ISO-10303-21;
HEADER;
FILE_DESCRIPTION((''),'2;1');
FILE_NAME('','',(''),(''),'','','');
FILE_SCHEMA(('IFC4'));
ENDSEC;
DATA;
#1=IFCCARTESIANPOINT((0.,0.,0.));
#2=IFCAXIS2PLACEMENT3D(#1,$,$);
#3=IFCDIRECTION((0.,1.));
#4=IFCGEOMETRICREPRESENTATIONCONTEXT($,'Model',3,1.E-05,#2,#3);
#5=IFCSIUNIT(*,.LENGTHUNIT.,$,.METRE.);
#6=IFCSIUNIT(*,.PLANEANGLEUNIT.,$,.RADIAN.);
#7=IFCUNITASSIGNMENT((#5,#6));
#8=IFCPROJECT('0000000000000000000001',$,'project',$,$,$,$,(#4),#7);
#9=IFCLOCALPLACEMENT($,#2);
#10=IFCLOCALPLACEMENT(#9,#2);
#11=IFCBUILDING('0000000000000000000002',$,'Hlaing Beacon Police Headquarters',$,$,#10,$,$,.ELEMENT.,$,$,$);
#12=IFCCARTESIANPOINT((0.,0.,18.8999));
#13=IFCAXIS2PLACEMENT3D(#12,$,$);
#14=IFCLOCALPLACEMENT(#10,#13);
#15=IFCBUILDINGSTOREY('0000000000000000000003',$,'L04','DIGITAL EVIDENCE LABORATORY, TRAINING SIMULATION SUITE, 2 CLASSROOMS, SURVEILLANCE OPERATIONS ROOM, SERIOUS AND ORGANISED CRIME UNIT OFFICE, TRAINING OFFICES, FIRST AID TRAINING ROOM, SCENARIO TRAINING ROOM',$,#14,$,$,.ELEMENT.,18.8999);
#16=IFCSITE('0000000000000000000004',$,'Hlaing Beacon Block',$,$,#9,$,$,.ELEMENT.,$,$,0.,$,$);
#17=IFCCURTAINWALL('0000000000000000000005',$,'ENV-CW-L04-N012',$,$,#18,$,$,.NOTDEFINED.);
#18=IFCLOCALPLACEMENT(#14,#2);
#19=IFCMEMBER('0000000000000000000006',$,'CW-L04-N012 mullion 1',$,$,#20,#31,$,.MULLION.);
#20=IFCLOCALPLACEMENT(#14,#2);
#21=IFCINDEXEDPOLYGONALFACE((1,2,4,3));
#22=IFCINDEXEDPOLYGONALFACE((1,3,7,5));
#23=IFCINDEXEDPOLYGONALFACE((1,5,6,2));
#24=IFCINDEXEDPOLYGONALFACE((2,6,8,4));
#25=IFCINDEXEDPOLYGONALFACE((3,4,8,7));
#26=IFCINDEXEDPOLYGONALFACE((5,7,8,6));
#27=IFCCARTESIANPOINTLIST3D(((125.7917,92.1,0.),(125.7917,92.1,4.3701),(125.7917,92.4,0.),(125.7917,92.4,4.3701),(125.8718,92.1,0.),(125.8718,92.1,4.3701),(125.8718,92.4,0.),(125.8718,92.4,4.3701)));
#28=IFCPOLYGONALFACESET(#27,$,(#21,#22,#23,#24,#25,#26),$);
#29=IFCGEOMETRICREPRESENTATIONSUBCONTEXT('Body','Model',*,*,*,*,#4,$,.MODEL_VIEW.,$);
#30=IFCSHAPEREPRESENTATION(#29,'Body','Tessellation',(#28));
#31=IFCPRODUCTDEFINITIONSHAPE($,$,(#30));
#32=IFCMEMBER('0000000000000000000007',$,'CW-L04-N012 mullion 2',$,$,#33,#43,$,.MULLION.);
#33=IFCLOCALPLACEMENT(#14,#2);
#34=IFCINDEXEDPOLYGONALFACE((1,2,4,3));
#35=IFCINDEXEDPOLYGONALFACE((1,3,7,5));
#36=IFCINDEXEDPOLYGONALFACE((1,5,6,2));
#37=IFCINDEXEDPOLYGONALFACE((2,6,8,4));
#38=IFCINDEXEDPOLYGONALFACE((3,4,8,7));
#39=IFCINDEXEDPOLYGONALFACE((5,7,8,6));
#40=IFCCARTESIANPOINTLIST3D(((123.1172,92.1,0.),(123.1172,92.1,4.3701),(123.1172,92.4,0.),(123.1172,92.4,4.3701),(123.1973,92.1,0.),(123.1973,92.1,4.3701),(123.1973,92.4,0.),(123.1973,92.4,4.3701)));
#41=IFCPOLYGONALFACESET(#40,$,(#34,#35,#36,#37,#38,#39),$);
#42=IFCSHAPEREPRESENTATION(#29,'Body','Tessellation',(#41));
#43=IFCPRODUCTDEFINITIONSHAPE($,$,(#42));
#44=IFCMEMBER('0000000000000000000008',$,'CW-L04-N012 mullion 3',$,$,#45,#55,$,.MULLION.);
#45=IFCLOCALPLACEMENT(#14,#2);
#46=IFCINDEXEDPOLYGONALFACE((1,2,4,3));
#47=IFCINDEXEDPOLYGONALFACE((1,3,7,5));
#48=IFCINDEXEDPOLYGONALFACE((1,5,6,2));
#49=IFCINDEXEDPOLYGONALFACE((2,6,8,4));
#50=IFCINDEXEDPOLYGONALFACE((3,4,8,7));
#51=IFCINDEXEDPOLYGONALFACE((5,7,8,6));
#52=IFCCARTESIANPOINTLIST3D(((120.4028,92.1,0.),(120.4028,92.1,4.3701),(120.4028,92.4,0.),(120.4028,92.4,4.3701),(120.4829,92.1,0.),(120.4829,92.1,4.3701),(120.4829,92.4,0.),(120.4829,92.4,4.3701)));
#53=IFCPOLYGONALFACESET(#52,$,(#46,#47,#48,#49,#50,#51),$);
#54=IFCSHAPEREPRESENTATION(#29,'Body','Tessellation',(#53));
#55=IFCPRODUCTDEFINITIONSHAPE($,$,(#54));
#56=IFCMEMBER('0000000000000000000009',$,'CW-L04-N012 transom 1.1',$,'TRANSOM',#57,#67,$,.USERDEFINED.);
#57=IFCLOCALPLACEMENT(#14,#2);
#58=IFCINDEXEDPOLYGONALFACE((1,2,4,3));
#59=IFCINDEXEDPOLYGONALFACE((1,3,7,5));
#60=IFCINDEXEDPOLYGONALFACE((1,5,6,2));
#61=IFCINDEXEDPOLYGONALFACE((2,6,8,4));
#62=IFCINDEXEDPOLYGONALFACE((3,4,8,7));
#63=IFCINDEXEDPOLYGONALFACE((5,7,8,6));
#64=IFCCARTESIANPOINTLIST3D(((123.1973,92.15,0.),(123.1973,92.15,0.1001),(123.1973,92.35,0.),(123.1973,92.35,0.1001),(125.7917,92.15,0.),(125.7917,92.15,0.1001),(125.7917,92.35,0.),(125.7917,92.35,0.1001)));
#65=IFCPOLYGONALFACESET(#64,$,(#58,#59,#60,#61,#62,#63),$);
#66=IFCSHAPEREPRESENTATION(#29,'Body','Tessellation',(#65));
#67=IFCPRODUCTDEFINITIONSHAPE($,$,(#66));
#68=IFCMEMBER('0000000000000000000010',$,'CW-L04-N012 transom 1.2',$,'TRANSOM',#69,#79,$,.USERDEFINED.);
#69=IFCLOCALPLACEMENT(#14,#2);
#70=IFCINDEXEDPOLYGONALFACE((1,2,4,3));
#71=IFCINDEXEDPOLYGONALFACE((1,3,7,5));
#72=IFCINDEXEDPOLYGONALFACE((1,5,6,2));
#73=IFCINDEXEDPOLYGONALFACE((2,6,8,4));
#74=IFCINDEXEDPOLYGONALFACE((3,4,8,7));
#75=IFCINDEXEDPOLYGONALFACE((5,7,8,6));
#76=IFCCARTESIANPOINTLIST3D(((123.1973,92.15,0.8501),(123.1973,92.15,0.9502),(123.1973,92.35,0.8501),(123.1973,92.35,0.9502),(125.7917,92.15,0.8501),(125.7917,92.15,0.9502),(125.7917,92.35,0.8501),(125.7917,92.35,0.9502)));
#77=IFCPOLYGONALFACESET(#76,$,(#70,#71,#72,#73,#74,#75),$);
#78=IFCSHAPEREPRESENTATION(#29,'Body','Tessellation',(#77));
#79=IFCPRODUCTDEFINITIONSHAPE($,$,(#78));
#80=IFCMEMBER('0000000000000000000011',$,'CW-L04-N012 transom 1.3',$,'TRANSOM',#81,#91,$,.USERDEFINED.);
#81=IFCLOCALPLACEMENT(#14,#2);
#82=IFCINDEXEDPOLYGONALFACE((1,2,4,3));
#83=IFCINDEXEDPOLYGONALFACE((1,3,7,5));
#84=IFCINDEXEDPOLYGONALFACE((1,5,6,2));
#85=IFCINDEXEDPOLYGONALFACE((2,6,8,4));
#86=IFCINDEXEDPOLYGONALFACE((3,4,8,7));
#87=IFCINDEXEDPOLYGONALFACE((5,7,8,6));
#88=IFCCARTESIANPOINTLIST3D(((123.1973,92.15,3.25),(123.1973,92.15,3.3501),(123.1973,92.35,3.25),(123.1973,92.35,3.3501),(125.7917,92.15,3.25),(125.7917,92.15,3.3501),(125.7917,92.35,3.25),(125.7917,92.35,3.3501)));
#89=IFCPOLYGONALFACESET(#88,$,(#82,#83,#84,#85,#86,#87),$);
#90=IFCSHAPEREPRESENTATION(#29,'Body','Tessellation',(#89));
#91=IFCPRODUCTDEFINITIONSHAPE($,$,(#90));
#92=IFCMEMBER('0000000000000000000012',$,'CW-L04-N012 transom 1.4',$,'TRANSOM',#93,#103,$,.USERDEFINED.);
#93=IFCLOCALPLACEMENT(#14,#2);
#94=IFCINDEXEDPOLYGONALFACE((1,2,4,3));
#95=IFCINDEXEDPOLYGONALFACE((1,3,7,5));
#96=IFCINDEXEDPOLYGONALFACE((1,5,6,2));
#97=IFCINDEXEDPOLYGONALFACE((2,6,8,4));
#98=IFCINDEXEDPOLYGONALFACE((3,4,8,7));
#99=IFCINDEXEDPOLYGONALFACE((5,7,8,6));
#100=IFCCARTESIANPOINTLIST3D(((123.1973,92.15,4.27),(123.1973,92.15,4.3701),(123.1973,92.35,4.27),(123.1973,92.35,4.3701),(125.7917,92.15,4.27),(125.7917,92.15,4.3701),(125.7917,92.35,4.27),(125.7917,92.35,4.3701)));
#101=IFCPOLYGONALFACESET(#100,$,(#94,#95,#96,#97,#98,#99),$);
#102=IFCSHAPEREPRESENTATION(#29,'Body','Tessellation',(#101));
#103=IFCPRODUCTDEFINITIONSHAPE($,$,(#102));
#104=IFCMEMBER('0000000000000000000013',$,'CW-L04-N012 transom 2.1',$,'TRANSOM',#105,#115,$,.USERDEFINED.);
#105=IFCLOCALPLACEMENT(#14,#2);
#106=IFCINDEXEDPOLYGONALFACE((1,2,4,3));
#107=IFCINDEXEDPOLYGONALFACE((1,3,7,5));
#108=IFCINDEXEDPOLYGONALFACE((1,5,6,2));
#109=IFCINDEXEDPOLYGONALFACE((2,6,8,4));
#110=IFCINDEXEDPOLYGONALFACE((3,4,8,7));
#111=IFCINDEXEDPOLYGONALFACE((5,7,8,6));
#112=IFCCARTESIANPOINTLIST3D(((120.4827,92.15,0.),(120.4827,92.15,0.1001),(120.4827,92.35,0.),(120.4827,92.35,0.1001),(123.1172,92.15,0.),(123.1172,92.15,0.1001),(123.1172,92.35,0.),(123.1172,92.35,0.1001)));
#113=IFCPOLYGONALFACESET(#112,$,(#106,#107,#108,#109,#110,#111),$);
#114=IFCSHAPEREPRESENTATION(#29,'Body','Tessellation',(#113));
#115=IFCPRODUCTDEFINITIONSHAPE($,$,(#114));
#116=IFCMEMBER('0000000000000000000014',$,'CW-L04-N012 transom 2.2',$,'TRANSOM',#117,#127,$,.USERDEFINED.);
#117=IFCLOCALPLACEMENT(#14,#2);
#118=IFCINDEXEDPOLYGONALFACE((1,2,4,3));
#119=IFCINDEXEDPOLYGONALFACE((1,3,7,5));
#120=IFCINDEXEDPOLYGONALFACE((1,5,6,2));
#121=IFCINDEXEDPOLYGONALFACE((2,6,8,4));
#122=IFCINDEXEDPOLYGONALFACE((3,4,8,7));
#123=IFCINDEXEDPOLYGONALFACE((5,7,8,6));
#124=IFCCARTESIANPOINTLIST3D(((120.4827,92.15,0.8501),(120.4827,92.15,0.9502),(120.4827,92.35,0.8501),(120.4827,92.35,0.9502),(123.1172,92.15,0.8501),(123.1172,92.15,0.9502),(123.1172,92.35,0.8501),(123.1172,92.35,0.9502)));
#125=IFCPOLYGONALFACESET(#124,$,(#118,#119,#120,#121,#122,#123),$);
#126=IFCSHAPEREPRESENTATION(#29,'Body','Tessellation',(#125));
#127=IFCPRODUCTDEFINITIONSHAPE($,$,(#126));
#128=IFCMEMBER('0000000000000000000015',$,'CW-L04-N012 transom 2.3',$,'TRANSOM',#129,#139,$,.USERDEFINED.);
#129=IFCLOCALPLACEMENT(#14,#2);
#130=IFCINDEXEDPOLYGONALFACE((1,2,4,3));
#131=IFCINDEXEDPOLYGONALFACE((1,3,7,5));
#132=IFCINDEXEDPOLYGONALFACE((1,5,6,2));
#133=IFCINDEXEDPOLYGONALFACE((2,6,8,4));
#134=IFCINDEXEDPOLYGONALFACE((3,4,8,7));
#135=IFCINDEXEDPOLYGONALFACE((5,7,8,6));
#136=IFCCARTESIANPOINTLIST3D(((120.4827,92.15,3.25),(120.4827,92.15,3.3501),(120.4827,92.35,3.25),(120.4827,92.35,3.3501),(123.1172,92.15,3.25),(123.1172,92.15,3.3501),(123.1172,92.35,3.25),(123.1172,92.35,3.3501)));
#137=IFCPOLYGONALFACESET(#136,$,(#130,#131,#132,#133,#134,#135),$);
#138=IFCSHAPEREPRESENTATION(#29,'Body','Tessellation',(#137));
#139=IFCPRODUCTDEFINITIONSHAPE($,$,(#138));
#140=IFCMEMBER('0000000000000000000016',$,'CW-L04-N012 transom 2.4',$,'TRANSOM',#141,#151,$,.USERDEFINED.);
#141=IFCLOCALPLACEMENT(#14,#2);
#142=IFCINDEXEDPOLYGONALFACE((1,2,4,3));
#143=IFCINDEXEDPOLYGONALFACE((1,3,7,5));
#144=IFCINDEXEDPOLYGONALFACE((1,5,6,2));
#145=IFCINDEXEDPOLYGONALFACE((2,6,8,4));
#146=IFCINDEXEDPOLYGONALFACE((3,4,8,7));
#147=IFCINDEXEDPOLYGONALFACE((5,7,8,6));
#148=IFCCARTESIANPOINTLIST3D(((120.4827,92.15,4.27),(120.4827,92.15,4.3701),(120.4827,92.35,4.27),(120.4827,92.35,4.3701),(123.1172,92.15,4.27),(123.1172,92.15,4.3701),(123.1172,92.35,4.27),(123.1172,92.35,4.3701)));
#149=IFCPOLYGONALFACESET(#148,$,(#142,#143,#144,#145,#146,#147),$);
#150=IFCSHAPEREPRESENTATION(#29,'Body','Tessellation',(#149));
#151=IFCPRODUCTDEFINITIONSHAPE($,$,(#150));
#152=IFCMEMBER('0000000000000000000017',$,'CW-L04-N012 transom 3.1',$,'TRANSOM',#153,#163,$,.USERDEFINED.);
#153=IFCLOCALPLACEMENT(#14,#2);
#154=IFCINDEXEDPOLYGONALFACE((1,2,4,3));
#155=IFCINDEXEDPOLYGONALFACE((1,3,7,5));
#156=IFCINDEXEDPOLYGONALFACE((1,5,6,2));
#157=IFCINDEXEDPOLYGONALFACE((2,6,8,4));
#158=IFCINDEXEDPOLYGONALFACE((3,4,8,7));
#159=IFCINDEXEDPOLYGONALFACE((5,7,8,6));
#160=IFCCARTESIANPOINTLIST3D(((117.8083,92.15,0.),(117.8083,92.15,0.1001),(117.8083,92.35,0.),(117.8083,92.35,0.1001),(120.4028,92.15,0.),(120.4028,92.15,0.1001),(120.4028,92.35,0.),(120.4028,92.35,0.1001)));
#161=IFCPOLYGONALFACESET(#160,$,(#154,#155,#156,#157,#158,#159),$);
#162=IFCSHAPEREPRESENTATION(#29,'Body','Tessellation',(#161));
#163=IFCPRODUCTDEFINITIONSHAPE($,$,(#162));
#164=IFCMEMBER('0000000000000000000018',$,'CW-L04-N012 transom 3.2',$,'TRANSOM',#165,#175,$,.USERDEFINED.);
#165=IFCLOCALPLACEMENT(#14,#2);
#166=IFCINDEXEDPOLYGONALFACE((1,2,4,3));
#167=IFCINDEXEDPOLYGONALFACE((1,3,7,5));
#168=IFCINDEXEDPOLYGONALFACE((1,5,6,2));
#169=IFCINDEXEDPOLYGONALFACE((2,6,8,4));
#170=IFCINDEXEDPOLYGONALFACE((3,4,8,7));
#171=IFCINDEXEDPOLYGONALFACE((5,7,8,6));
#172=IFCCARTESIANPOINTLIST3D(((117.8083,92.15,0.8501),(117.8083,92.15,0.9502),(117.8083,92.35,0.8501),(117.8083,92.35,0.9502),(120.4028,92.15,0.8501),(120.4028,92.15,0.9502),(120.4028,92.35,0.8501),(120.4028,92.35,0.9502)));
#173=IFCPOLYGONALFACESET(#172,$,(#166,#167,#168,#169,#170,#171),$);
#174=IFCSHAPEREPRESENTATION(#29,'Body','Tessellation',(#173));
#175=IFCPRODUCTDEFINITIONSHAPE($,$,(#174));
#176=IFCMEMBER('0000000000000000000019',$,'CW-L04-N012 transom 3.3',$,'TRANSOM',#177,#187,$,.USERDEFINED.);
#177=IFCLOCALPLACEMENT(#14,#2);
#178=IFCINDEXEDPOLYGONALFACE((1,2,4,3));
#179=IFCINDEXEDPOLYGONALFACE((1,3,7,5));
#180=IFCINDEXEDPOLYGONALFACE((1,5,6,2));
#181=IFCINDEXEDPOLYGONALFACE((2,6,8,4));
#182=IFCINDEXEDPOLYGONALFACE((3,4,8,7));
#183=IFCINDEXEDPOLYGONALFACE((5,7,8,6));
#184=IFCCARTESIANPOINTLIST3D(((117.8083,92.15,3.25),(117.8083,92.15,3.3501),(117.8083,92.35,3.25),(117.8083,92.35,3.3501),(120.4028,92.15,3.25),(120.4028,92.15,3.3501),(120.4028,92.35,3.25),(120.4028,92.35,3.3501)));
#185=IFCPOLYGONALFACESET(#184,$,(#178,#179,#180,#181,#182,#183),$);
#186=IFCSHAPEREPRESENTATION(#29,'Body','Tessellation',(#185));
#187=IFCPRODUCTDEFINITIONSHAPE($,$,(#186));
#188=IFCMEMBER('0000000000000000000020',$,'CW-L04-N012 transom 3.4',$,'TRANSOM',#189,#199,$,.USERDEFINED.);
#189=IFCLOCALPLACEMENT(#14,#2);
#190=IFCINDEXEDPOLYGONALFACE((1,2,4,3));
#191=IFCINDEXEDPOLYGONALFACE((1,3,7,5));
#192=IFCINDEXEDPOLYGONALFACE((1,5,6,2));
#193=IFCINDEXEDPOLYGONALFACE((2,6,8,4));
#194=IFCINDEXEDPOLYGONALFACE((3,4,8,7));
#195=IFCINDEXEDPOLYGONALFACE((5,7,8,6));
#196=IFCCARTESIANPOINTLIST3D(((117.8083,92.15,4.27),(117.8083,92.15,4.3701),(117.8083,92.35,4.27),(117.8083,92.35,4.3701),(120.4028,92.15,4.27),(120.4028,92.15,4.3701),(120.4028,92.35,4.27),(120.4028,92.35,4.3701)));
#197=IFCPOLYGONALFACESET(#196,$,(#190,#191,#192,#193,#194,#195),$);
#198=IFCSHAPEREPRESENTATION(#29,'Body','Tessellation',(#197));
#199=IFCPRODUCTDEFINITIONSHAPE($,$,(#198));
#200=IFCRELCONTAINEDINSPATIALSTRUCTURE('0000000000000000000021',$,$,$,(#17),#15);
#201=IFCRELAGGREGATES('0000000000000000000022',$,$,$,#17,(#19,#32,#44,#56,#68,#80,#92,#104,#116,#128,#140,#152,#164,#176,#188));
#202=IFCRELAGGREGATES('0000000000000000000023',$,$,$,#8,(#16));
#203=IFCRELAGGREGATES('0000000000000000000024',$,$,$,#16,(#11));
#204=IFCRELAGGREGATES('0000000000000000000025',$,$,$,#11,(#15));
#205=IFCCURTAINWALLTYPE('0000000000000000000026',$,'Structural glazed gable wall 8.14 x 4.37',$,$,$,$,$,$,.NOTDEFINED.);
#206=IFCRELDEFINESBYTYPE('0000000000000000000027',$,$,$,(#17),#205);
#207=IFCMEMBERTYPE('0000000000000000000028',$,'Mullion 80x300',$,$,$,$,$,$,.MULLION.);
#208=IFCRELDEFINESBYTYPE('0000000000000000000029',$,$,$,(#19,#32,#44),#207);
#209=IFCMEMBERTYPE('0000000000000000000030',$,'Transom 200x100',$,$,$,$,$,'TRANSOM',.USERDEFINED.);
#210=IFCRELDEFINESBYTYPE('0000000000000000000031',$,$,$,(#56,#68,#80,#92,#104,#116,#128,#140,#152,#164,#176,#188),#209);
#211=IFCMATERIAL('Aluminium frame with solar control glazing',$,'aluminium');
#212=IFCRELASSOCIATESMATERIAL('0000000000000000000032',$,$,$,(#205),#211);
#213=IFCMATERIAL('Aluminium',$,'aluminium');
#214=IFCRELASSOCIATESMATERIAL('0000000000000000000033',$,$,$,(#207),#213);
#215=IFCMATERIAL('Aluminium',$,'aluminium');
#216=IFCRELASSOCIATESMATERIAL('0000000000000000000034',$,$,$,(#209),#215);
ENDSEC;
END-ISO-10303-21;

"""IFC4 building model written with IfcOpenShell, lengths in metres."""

from ifc_helpers import new_model, si_unit, direction, frame, origin, origin_2d, place, context, subcontext, project, spatial, rectangle, extrude, material, material_profile, profile_set, type_object, element, aggregate, save


model = new_model("IFC4")

# Units and contexts
model_context = context("Model", 3, precision=1e-05, world=origin(), true_north=direction((0.0, 1.0)))
body_context = subcontext(model_context, "Body", "Model", "MODEL_VIEW")
ifc_project = project(units=[si_unit("LENGTHUNIT", "METRE"), si_unit("PLANEANGLEUNIT", "RADIAN")], contexts=[model_context])

# Site, building, storey
site_placement = place(None, origin())
site = spatial("IfcSite", under=ifc_project, at=site_placement, Name="Hlaing Beacon Block", CompositionType="ELEMENT", RefElevation=0.0)
building_placement = place(site_placement, origin())
building = spatial("IfcBuilding", under=site, at=building_placement, Name="Hlaing Beacon Police Headquarters", CompositionType="ELEMENT")
storey_placement = place(building_placement, frame((0.0, 0.0, 18.8999)))
storey = spatial("IfcBuildingStorey", under=building, at=storey_placement, Name="L04", Description="DIGITAL EVIDENCE LABORATORY, TRAINING SIMULATION SUITE, 2 CLASSROOMS, SURVEILLANCE OPERATIONS ROOM, SERIOUS AND ORGANISED CRIME UNIT OFFICE, TRAINING OFFICES, FIRST AID TRAINING ROOM, SCENARIO TRAINING ROOM", CompositionType="ELEMENT", Elevation=18.8999)

# Curtain wall, members
ifc_material_1 = material(Name="Aluminium frame with solar control glazing", Category="aluminium")
curtain_wall_type = type_object("IfcCurtainWallType", Name="Structural glazed gable wall 8.14 x 4.37", PredefinedType="NOTDEFINED", material=ifc_material_1)
curtain_wall_placement = place(storey_placement, origin())
curtain_wall = element("IfcCurtainWall", 1, at=curtain_wall_placement, inside=storey, type_object=curtain_wall_type, Name="ENV-CW-L04-N012", PredefinedType="NOTDEFINED")
ifc_material_2 = material(Name="Aluminium", Category="aluminium")
ifc_material_profile_1 = material_profile(ifc_material_2, rectangle(XDim=0.3, YDim=0.0801, at=origin_2d()), Name="Mullion 80x300")
ifc_profile_set_1 = profile_set([ifc_material_profile_1], Name="Aluminium")
member_type_1 = type_object("IfcMemberType", Name="Mullion 80x300", PredefinedType="MULLION", material=ifc_profile_set_1)
member_1_placement = place(storey_placement, frame((125.8318, 92.25, 0.0), z_axis=(0.0, 0.0, 1.0), x_axis=(0.0, -1.0, 0.0)))
member_1 = element("IfcMember", 2, at=member_1_placement, type_object=member_type_1, Name="CW-L04-N012 mullion 1", PredefinedType="MULLION", context=body_context, shape_type="SweptSolid", body=[
    extrude(rectangle(XDim=0.3, YDim=0.0801, at=origin_2d()), origin(), (0.0, 0.0, 1.0), 4.3701),
])
member_2_placement = place(storey_placement, frame((123.1572, 92.25, 0.0), z_axis=(0.0, 0.0, 1.0), x_axis=(0.0, -1.0, 0.0)))
member_2 = element("IfcMember", 3, at=member_2_placement, type_object=member_type_1, Name="CW-L04-N012 mullion 2", PredefinedType="MULLION", context=body_context, shape_type="SweptSolid", body=[
    extrude(rectangle(XDim=0.3, YDim=0.0801, at=origin_2d()), origin(), (0.0, 0.0, 1.0), 4.3701),
])
member_3_placement = place(storey_placement, frame((120.4429, 92.25, 0.0), z_axis=(0.0, 0.0, 1.0), x_axis=(0.0, -1.0, 0.0)))
member_3 = element("IfcMember", 4, at=member_3_placement, type_object=member_type_1, Name="CW-L04-N012 mullion 3", PredefinedType="MULLION", context=body_context, shape_type="SweptSolid", body=[
    extrude(rectangle(XDim=0.3, YDim=0.0801, at=origin_2d()), origin(), (0.0, 0.0, 1.0), 4.3701),
])
ifc_material_3 = material(Name="Aluminium", Category="aluminium")
ifc_material_profile_2 = material_profile(ifc_material_3, rectangle(XDim=0.2, YDim=0.1001, at=origin_2d()), Name="Transom 200x100")
ifc_profile_set_2 = profile_set([ifc_material_profile_2], Name="Aluminium")
member_type_2 = type_object("IfcMemberType", Name="Transom 200x100", ElementType="TRANSOM", PredefinedType="USERDEFINED", material=ifc_profile_set_2)
member_4_placement = place(storey_placement, frame((125.7917, 92.25, 0.05), z_axis=(-1.0, 0.0, 0.0), x_axis=(0.0, -1.0, 0.0)))
member_4 = element("IfcMember", 5, at=member_4_placement, type_object=member_type_2, Name="CW-L04-N012 transom 1.1", ObjectType="TRANSOM", PredefinedType="USERDEFINED", context=body_context, shape_type="SweptSolid", body=[
    extrude(rectangle(XDim=0.2, YDim=0.1001, at=origin_2d()), origin(), (0.0, 0.0, 1.0), 2.5945),
])
member_5_placement = place(storey_placement, frame((125.7917, 92.25, 0.9001), z_axis=(-1.0, 0.0, 0.0), x_axis=(0.0, -1.0, 0.0)))
member_5 = element("IfcMember", 6, at=member_5_placement, type_object=member_type_2, Name="CW-L04-N012 transom 1.2", ObjectType="TRANSOM", PredefinedType="USERDEFINED", context=body_context, shape_type="SweptSolid", body=[
    extrude(rectangle(XDim=0.2, YDim=0.1001, at=origin_2d()), origin(), (0.0, 0.0, 1.0), 2.5945),
])
member_6_placement = place(storey_placement, frame((125.7917, 92.25, 3.3), z_axis=(-1.0, 0.0, 0.0), x_axis=(0.0, -1.0, 0.0)))
member_6 = element("IfcMember", 7, at=member_6_placement, type_object=member_type_2, Name="CW-L04-N012 transom 1.3", ObjectType="TRANSOM", PredefinedType="USERDEFINED", context=body_context, shape_type="SweptSolid", body=[
    extrude(rectangle(XDim=0.2, YDim=0.1001, at=origin_2d()), origin(), (0.0, 0.0, 1.0), 2.5945),
])
member_7_placement = place(storey_placement, frame((125.7917, 92.25, 4.3201), z_axis=(-1.0, 0.0, 0.0), x_axis=(0.0, -1.0, 0.0)))
member_7 = element("IfcMember", 8, at=member_7_placement, type_object=member_type_2, Name="CW-L04-N012 transom 1.4", ObjectType="TRANSOM", PredefinedType="USERDEFINED", context=body_context, shape_type="SweptSolid", body=[
    extrude(rectangle(XDim=0.2, YDim=0.1001, at=origin_2d()), origin(), (0.0, 0.0, 1.0), 2.5945),
])
member_8_placement = place(storey_placement, frame((123.1172, 92.25, 0.05), z_axis=(-1.0, 0.0, 0.0), x_axis=(0.0, -1.0, 0.0)))
member_8 = element("IfcMember", 9, at=member_8_placement, type_object=member_type_2, Name="CW-L04-N012 transom 2.1", ObjectType="TRANSOM", PredefinedType="USERDEFINED", context=body_context, shape_type="SweptSolid", body=[
    extrude(rectangle(XDim=0.2, YDim=0.1001, at=origin_2d()), origin(), (0.0, 0.0, 1.0), 2.6345),
])
member_9_placement = place(storey_placement, frame((123.1172, 92.25, 0.9001), z_axis=(-1.0, 0.0, 0.0), x_axis=(0.0, -1.0, 0.0)))
member_9 = element("IfcMember", 10, at=member_9_placement, type_object=member_type_2, Name="CW-L04-N012 transom 2.2", ObjectType="TRANSOM", PredefinedType="USERDEFINED", context=body_context, shape_type="SweptSolid", body=[
    extrude(rectangle(XDim=0.2, YDim=0.1001, at=origin_2d()), origin(), (0.0, 0.0, 1.0), 2.6345),
])
member_10_placement = place(storey_placement, frame((123.1172, 92.25, 3.3), z_axis=(-1.0, 0.0, 0.0), x_axis=(0.0, -1.0, 0.0)))
member_10 = element("IfcMember", 11, at=member_10_placement, type_object=member_type_2, Name="CW-L04-N012 transom 2.3", ObjectType="TRANSOM", PredefinedType="USERDEFINED", context=body_context, shape_type="SweptSolid", body=[
    extrude(rectangle(XDim=0.2, YDim=0.1001, at=origin_2d()), origin(), (0.0, 0.0, 1.0), 2.6345),
])
member_11_placement = place(storey_placement, frame((123.1172, 92.25, 4.3201), z_axis=(-1.0, 0.0, 0.0), x_axis=(0.0, -1.0, 0.0)))
member_11 = element("IfcMember", 12, at=member_11_placement, type_object=member_type_2, Name="CW-L04-N012 transom 2.4", ObjectType="TRANSOM", PredefinedType="USERDEFINED", context=body_context, shape_type="SweptSolid", body=[
    extrude(rectangle(XDim=0.2, YDim=0.1001, at=origin_2d()), origin(), (0.0, 0.0, 1.0), 2.6345),
])
member_12_placement = place(storey_placement, frame((120.4028, 92.25, 0.05), z_axis=(-1.0, 0.0, 0.0), x_axis=(0.0, -1.0, 0.0)))
member_12 = element("IfcMember", 13, at=member_12_placement, type_object=member_type_2, Name="CW-L04-N012 transom 3.1", ObjectType="TRANSOM", PredefinedType="USERDEFINED", context=body_context, shape_type="SweptSolid", body=[
    extrude(rectangle(XDim=0.2, YDim=0.1001, at=origin_2d()), origin(), (0.0, 0.0, 1.0), 2.5945),
])
member_13_placement = place(storey_placement, frame((120.4028, 92.25, 0.9001), z_axis=(-1.0, 0.0, 0.0), x_axis=(0.0, -1.0, 0.0)))
member_13 = element("IfcMember", 14, at=member_13_placement, type_object=member_type_2, Name="CW-L04-N012 transom 3.2", ObjectType="TRANSOM", PredefinedType="USERDEFINED", context=body_context, shape_type="SweptSolid", body=[
    extrude(rectangle(XDim=0.2, YDim=0.1001, at=origin_2d()), origin(), (0.0, 0.0, 1.0), 2.5945),
])
member_14_placement = place(storey_placement, frame((120.4028, 92.25, 3.3), z_axis=(-1.0, 0.0, 0.0), x_axis=(0.0, -1.0, 0.0)))
member_14 = element("IfcMember", 15, at=member_14_placement, type_object=member_type_2, Name="CW-L04-N012 transom 3.3", ObjectType="TRANSOM", PredefinedType="USERDEFINED", context=body_context, shape_type="SweptSolid", body=[
    extrude(rectangle(XDim=0.2, YDim=0.1001, at=origin_2d()), origin(), (0.0, 0.0, 1.0), 2.5945),
])
member_15_placement = place(storey_placement, frame((120.4028, 92.25, 4.3201), z_axis=(-1.0, 0.0, 0.0), x_axis=(0.0, -1.0, 0.0)))
member_15 = element("IfcMember", 16, at=member_15_placement, type_object=member_type_2, Name="CW-L04-N012 transom 3.4", ObjectType="TRANSOM", PredefinedType="USERDEFINED", context=body_context, shape_type="SweptSolid", body=[
    extrude(rectangle(XDim=0.2, YDim=0.1001, at=origin_2d()), origin(), (0.0, 0.0, 1.0), 2.5945),
])
aggregate(curtain_wall, [member_1, member_2, member_3, member_4, member_5, member_6, member_7, member_8, member_9, member_10, member_11, member_12, member_13, member_14, member_15])

save(model, "model.ifc")
